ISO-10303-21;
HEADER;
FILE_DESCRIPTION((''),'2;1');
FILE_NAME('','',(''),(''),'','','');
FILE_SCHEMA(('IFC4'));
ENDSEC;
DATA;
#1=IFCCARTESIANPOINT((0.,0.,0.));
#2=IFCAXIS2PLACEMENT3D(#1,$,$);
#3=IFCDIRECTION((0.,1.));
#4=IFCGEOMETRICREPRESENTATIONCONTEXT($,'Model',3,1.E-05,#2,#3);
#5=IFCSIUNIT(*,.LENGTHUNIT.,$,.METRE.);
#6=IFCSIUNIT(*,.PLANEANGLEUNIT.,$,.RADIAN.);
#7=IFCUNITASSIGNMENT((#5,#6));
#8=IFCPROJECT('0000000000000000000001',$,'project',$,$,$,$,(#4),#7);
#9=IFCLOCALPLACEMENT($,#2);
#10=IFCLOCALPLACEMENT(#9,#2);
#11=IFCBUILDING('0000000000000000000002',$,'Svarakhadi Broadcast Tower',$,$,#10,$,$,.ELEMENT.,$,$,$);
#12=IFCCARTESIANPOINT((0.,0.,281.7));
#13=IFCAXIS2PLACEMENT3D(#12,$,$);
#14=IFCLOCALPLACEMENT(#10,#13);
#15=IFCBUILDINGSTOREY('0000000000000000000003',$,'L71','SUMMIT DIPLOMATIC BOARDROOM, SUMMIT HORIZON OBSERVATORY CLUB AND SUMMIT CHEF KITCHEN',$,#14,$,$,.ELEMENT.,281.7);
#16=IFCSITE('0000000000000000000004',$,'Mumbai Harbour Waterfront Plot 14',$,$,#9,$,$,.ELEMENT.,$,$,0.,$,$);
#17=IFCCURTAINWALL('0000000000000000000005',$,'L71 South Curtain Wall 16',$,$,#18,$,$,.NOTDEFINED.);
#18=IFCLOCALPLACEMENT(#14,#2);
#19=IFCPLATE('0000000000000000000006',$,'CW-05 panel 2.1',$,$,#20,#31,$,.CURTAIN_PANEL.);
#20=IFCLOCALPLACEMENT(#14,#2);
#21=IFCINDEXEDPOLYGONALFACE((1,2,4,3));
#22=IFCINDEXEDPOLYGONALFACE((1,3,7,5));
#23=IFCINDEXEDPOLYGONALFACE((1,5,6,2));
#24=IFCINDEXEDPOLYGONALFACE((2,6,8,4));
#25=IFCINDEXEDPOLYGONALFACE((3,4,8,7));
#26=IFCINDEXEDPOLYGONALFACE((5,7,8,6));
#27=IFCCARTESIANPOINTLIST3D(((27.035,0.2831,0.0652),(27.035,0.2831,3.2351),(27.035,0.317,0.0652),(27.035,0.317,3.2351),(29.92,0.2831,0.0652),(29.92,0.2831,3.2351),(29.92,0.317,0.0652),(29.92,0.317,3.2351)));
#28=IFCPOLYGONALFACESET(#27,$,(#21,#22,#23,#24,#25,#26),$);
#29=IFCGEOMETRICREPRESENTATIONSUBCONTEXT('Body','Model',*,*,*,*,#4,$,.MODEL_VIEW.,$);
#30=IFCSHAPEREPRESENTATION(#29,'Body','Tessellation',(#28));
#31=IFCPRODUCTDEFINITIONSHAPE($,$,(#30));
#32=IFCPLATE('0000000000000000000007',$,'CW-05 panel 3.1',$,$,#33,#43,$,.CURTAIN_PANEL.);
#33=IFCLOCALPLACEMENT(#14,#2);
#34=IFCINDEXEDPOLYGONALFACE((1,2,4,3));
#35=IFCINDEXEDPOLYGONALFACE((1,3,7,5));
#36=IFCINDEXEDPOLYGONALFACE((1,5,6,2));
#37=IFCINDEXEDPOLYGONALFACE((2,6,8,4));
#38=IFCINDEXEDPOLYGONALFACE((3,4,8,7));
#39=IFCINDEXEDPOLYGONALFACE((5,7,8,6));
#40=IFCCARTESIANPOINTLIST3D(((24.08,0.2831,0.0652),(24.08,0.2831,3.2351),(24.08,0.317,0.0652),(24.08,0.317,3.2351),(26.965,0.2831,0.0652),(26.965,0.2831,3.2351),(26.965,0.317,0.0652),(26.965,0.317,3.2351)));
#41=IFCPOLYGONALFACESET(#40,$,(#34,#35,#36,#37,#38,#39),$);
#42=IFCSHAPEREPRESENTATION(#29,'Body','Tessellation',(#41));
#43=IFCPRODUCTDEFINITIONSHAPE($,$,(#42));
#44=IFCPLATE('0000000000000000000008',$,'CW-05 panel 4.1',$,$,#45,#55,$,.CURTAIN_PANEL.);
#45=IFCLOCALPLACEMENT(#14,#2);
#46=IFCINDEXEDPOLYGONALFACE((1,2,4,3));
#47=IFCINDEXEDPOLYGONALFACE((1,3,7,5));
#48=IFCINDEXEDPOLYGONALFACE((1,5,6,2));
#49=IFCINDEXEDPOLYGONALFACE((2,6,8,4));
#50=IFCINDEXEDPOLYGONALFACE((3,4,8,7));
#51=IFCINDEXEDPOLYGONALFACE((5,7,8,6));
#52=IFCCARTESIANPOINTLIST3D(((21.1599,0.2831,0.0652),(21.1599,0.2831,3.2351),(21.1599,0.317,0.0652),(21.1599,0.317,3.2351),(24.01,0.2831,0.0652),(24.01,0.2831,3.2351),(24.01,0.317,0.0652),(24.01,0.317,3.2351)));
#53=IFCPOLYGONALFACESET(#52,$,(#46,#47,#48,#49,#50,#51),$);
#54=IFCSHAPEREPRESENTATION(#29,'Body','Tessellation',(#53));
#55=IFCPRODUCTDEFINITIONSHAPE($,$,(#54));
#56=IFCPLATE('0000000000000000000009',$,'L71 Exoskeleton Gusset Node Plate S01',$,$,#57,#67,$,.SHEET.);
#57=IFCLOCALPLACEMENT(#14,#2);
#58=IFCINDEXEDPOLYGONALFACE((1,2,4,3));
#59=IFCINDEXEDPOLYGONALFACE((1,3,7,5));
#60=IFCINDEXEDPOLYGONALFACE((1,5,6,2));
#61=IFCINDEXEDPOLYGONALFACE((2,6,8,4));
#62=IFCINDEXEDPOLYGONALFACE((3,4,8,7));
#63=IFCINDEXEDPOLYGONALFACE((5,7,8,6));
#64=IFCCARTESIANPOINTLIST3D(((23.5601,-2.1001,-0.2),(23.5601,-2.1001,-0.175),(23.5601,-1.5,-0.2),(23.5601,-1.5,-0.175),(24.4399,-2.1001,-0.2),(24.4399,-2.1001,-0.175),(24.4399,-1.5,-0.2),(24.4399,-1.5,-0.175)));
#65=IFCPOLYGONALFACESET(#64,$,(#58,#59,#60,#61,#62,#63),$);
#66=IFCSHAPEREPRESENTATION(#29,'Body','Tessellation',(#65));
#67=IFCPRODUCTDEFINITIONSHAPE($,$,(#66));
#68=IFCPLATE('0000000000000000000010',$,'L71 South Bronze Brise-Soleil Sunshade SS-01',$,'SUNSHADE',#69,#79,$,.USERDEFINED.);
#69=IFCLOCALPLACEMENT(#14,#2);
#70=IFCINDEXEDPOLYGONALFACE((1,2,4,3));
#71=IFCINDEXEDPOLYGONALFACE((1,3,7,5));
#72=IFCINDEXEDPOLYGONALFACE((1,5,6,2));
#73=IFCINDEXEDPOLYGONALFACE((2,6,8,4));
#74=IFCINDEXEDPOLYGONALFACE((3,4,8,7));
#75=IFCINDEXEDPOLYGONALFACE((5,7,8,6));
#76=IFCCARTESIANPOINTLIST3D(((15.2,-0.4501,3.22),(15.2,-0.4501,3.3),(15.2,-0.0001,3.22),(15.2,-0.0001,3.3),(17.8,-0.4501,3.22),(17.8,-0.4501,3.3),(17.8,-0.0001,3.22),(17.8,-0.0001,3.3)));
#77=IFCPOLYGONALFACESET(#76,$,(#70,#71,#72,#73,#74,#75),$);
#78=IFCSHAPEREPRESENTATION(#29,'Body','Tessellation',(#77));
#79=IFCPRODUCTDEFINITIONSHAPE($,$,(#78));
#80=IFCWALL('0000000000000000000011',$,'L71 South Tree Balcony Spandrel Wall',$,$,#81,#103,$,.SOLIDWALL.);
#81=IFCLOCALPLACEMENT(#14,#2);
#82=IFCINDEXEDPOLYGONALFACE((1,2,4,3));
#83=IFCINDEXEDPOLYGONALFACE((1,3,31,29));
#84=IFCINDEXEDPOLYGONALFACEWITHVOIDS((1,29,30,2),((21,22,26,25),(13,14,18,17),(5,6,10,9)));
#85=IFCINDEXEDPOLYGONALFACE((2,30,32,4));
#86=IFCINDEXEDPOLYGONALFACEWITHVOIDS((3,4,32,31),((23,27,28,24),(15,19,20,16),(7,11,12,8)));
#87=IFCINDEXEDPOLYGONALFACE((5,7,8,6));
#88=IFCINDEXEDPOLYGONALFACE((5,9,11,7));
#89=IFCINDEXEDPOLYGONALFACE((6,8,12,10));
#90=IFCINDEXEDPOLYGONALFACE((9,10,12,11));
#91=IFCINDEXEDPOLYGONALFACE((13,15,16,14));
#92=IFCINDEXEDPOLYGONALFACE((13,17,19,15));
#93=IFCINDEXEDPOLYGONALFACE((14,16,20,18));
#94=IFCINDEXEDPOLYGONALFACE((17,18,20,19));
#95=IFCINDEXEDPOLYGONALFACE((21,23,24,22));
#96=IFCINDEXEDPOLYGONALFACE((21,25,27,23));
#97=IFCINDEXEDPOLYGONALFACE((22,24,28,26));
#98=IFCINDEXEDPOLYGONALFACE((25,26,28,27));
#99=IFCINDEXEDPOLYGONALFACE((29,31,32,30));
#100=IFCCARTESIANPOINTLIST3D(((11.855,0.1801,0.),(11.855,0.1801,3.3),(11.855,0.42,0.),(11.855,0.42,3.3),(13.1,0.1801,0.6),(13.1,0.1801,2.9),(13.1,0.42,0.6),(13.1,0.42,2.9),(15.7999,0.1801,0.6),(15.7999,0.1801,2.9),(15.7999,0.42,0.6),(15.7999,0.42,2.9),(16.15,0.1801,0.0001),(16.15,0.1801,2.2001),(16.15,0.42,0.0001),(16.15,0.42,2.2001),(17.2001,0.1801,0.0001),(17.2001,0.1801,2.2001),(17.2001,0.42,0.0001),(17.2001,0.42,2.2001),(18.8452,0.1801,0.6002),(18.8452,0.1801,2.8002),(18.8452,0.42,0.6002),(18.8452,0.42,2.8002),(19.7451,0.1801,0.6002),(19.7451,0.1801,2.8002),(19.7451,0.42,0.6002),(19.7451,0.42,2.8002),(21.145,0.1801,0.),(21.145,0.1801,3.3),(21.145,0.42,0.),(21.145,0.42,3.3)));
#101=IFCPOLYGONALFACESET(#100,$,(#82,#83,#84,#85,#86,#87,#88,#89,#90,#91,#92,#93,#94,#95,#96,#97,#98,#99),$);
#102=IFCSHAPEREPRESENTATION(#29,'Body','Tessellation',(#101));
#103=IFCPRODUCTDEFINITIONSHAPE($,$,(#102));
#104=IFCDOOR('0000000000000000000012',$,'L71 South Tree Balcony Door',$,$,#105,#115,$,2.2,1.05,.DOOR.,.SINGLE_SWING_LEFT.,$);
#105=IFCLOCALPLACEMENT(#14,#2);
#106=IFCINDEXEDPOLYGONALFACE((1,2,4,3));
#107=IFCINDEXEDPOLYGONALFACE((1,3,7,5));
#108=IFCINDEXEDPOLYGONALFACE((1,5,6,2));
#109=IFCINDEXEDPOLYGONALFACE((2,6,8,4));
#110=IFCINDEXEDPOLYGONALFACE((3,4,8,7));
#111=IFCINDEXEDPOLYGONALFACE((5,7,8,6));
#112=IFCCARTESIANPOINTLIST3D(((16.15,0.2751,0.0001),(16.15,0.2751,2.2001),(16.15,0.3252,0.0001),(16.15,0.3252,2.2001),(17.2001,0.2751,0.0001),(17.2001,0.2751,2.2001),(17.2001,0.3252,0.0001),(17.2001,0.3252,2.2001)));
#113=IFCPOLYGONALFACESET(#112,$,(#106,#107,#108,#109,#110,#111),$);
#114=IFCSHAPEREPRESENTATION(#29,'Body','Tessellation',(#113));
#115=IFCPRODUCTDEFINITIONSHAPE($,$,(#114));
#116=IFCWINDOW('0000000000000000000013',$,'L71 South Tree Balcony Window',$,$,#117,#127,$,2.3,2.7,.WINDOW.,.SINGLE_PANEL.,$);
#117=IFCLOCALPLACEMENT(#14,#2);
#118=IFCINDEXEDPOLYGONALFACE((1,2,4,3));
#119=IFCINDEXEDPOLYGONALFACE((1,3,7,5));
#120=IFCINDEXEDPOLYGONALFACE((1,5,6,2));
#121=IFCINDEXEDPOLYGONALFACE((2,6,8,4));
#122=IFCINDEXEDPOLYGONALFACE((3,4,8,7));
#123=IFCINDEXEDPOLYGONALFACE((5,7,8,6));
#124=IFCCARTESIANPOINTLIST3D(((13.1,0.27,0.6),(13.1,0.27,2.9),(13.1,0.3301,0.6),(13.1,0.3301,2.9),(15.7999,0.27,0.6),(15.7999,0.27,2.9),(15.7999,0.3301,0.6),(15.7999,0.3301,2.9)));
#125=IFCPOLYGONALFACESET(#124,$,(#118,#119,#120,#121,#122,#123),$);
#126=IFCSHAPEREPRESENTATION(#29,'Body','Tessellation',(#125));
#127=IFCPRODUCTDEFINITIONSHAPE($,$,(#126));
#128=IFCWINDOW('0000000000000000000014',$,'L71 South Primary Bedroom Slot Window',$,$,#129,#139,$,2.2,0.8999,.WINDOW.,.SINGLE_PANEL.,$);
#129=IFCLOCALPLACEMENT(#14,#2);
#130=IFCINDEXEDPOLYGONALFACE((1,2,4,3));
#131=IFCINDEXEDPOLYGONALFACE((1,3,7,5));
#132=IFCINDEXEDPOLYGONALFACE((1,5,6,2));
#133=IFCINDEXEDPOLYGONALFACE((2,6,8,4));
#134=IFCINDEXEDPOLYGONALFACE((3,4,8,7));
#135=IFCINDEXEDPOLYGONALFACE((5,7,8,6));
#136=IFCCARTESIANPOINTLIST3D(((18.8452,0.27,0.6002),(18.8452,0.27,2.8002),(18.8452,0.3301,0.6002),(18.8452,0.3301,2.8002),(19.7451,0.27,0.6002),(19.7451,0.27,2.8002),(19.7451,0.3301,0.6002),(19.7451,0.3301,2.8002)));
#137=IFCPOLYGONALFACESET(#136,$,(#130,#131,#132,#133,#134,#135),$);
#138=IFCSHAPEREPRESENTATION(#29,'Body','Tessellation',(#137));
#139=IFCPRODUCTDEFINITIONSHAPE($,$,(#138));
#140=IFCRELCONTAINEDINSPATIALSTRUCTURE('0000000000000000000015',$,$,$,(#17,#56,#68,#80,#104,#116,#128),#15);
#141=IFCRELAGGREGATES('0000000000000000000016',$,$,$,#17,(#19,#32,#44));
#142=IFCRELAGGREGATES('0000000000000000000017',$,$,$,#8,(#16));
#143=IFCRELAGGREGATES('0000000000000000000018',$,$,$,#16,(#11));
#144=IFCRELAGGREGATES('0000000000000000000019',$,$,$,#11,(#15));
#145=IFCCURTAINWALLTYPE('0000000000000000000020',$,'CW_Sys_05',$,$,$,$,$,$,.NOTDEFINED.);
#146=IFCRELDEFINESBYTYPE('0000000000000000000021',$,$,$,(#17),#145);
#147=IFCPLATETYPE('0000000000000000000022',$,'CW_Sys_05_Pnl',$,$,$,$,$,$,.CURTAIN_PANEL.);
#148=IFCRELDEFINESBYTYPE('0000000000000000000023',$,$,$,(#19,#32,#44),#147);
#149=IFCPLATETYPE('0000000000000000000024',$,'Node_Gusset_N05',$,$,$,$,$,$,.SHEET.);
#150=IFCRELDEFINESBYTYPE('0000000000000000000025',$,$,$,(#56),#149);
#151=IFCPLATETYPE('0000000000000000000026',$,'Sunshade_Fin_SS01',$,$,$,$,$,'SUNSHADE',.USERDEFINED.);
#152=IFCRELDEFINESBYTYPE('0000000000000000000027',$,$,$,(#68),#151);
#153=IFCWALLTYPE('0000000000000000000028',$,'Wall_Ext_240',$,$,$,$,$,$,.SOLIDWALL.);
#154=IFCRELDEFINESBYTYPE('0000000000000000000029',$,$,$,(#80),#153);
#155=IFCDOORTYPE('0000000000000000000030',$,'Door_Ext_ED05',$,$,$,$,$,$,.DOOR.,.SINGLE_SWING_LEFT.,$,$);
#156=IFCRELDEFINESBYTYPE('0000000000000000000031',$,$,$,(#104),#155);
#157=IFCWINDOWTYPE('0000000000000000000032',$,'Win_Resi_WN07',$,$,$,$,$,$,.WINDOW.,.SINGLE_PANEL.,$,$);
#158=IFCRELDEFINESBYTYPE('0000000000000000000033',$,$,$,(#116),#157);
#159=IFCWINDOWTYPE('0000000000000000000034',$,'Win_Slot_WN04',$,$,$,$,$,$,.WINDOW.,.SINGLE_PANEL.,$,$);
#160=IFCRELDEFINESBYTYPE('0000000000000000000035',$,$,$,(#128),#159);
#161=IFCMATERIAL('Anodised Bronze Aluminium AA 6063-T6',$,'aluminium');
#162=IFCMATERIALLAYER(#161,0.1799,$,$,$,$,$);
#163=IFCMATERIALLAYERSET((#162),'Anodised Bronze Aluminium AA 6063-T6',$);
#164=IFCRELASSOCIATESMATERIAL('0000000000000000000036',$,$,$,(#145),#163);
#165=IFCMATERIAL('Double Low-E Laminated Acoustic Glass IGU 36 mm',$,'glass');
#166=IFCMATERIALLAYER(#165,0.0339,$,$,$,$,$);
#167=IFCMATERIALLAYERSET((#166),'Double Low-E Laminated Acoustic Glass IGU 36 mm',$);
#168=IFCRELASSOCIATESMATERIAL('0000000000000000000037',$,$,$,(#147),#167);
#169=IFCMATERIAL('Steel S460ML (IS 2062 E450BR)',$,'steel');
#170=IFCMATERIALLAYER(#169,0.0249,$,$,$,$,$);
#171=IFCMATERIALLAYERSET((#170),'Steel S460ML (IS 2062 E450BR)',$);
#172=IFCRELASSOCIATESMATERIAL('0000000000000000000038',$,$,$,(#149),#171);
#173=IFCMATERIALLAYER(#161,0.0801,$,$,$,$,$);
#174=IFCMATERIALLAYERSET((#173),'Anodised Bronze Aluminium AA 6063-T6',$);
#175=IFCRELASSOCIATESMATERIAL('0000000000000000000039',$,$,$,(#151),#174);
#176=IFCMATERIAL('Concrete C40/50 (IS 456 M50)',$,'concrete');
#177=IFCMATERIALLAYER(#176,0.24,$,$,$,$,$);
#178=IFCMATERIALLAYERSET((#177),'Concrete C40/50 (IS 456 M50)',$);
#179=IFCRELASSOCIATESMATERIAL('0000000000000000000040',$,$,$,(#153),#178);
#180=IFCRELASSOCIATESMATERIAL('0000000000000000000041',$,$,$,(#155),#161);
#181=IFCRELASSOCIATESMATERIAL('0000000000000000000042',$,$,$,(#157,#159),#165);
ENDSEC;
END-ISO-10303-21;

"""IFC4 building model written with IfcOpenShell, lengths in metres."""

from ifc_helpers import new_model, si_unit, direction, frame, frame_2d, origin, origin_2d, place, context, subcontext, project, spatial, rectangle, extrude, material, layer, layer_set, type_object, element, fill, aggregate, save


model = new_model("IFC4")

# Units and contexts
model_context = context("Model", 3, precision=1e-05, world=origin(), true_north=direction((0.0, 1.0)))
body_context = subcontext(model_context, "Body", "Model", "MODEL_VIEW")
ifc_project = project(units=[si_unit("LENGTHUNIT", "METRE"), si_unit("PLANEANGLEUNIT", "RADIAN")], contexts=[model_context])

# Site, building, storey
site_placement = place(None, origin())
site = spatial("IfcSite", under=ifc_project, at=site_placement, Name="Mumbai Harbour Waterfront Plot 14", CompositionType="ELEMENT", RefElevation=0.0)
building_placement = place(site_placement, origin())
building = spatial("IfcBuilding", under=site, at=building_placement, Name="Svarakhadi Broadcast Tower", CompositionType="ELEMENT")
storey_placement = place(building_placement, frame((0.0, 0.0, 281.7)))
storey = spatial("IfcBuildingStorey", under=building, at=storey_placement, Name="L71", Description="SUMMIT DIPLOMATIC BOARDROOM, SUMMIT HORIZON OBSERVATORY CLUB AND SUMMIT CHEF KITCHEN", CompositionType="ELEMENT", Elevation=281.7)

# Shared definitions
ifc_material_1 = material(Name="Steel S460ML (IS 2062 E450BR)", Category="steel")

# Curtain wall
ifc_material_2 = material(Name="Anodised Bronze Aluminium AA 6063-T6", Category="aluminium")
ifc_layer_1 = layer(ifc_material_2, 0.1799)
ifc_layer_set_1 = layer_set([ifc_layer_1], Name="Anodised Bronze Aluminium AA 6063-T6")
curtain_wall_type = type_object("IfcCurtainWallType", Name="CW_Sys_05", PredefinedType="NOTDEFINED", material=ifc_layer_set_1)
curtain_wall_placement = place(storey_placement, origin())
curtain_wall = element("IfcCurtainWall", 1, at=curtain_wall_placement, inside=storey, type_object=curtain_wall_type, Name="L71 South Curtain Wall 16", PredefinedType="NOTDEFINED")

# Plates
ifc_material_3 = material(Name="Double Low-E Laminated Acoustic Glass IGU 36 mm", Category="glass")
ifc_layer_2 = layer(ifc_material_3, 0.0339)
ifc_layer_set_2 = layer_set([ifc_layer_2], Name="Double Low-E Laminated Acoustic Glass IGU 36 mm")
plate_type_1 = type_object("IfcPlateType", Name="CW_Sys_05_Pnl", PredefinedType="CURTAIN_PANEL", material=ifc_layer_set_2)
plate_1_placement = place(storey_placement, frame((28.4775, 0.3, 0.0652), z_axis=(0.0, 0.0, 1.0), x_axis=(-1.0, 0.0, 0.0)))
plate_1 = element("IfcPlate", 2, at=plate_1_placement, type_object=plate_type_1, Name="CW-05 panel 2.1", PredefinedType="CURTAIN_PANEL", context=body_context, shape_type="SweptSolid", body=[
    extrude(rectangle(XDim=2.885, YDim=0.0339, at=origin_2d()), origin(), (0.0, 0.0, 1.0), 3.1699),
])
plate_2_placement = place(storey_placement, frame((25.5225, 0.3, 0.0652), z_axis=(0.0, 0.0, 1.0), x_axis=(-1.0, 0.0, 0.0)))
plate_2 = element("IfcPlate", 3, at=plate_2_placement, type_object=plate_type_1, Name="CW-05 panel 3.1", PredefinedType="CURTAIN_PANEL", context=body_context, shape_type="SweptSolid", body=[
    extrude(rectangle(XDim=2.885, YDim=0.0339, at=origin_2d()), origin(), (0.0, 0.0, 1.0), 3.1699),
])
plate_3_placement = place(storey_placement, frame((22.585, 0.3, 0.0652), z_axis=(0.0, 0.0, 1.0), x_axis=(-1.0, 0.0, 0.0)))
plate_3 = element("IfcPlate", 4, at=plate_3_placement, type_object=plate_type_1, Name="CW-05 panel 4.1", PredefinedType="CURTAIN_PANEL", context=body_context, shape_type="SweptSolid", body=[
    extrude(rectangle(XDim=2.8501, YDim=0.0339, at=origin_2d()), origin(), (0.0, 0.0, 1.0), 3.1699),
])
aggregate(curtain_wall, [plate_1, plate_2, plate_3])

# Plates
ifc_layer_3 = layer(ifc_material_1, 0.0249)
ifc_layer_set_3 = layer_set([ifc_layer_3], Name="Steel S460ML (IS 2062 E450BR)")
plate_type_2 = type_object("IfcPlateType", Name="Node_Gusset_N05", PredefinedType="SHEET", material=ifc_layer_set_3)
plate_4_placement = place(storey_placement, frame((24.0, -1.8, -0.2), z_axis=(0.0, 0.0, 1.0), x_axis=(1.0, 0.0, 0.0)))
element("IfcPlate", 5, at=plate_4_placement, inside=storey, type_object=plate_type_2, Name="L71 Exoskeleton Gusset Node Plate S01", PredefinedType="SHEET", context=body_context, shape_type="SweptSolid", body=[
    extrude(rectangle(XDim=0.8799, YDim=0.6001, at=origin_2d()), origin(), (0.0, 0.0, 1.0), 0.0249),
])
ifc_layer_4 = layer(ifc_material_2, 0.0801)
ifc_layer_set_4 = layer_set([ifc_layer_4], Name="Anodised Bronze Aluminium AA 6063-T6")
plate_type_3 = type_object("IfcPlateType", Name="Sunshade_Fin_SS01", ElementType="SUNSHADE", PredefinedType="USERDEFINED", material=ifc_layer_set_4)
plate_5_placement = place(storey_placement, frame((16.5, -0.2251, 3.22), z_axis=(0.0, 0.0, 1.0), x_axis=(1.0, 0.0, 0.0)))
element("IfcPlate", 6, at=plate_5_placement, inside=storey, type_object=plate_type_3, Name="L71 South Bronze Brise-Soleil Sunshade SS-01", ObjectType="SUNSHADE", PredefinedType="USERDEFINED", context=body_context, shape_type="SweptSolid", body=[
    extrude(rectangle(XDim=2.6001, YDim=0.45, at=origin_2d()), origin(), (0.0, 0.0, 1.0), 0.0801),
])

# Wall, openings, door, windows
ifc_material_4 = material(Name="Concrete C40/50 (IS 456 M50)", Category="concrete")
ifc_layer_5 = layer(ifc_material_4, 0.24)
ifc_layer_set_5 = layer_set([ifc_layer_5], Name="Concrete C40/50 (IS 456 M50)")
wall_type = type_object("IfcWallType", Name="Wall_Ext_240", PredefinedType="SOLIDWALL", material=ifc_layer_set_5)
wall_placement = place(storey_placement, frame((21.145, 0.3, 0.0), z_axis=(0.0, 0.0, 1.0), x_axis=(-1.0, 0.0, 0.0)))
wall = element("IfcWall", 7, at=wall_placement, inside=storey, type_object=wall_type, Name="L71 South Tree Balcony Spandrel Wall", PredefinedType="SOLIDWALL", context=body_context, shape_type="SweptSolid", body=[
    extrude(rectangle(XDim=9.29, YDim=0.24, at=frame_2d((4.645, 0.0))), origin(), (0.0, 0.0, 1.0), 3.3),
])
opening_1_placement = place(wall_placement, frame((3.9451, 0.0, 0.0)))
opening_1 = element("IfcOpeningElement", 8, at=opening_1_placement, cuts=wall, PredefinedType="OPENING", context=body_context, shape_type="SweptSolid", body=[
    extrude(rectangle(XDim=1.05, YDim=2.2, at=frame_2d((0.5249, 1.1001))), frame((0.0, 0.1299, 0.0), z_axis=(0.0, -1.0, 0.0), x_axis=(1.0, 0.0, 0.0)), (0.0, 0.0, 1.0), 0.26),
])
opening_2_placement = place(wall_placement, frame((5.345, 0.0, 0.6001)))
opening_2 = element("IfcOpeningElement", 9, at=opening_2_placement, cuts=wall, PredefinedType="OPENING", context=body_context, shape_type="SweptSolid", body=[
    extrude(rectangle(XDim=2.7, YDim=2.3, at=frame_2d((1.3501, 1.1499))), frame((0.0, 0.1299, 0.0), z_axis=(0.0, -1.0, 0.0), x_axis=(1.0, 0.0, 0.0)), (0.0, 0.0, 1.0), 0.26),
])
opening_3_placement = place(wall_placement, frame((1.3999, 0.0, 0.6001)))
opening_3 = element("IfcOpeningElement", 10, at=opening_3_placement, cuts=wall, PredefinedType="OPENING", context=body_context, shape_type="SweptSolid", body=[
    extrude(rectangle(XDim=0.8999, YDim=2.2, at=frame_2d((0.45, 1.1001))), frame((0.0, 0.1299, 0.0), z_axis=(0.0, -1.0, 0.0), x_axis=(1.0, 0.0, 0.0)), (0.0, 0.0, 1.0), 0.26),
])
door_type = type_object("IfcDoorType", Name="Door_Ext_ED05", OperationType="SINGLE_SWING_LEFT", PredefinedType="DOOR", material=ifc_material_2)
door_placement = place(opening_1_placement, origin())
door = element("IfcDoor", 11, at=door_placement, inside=storey, type_object=door_type, Name="L71 South Tree Balcony Door", OperationType="SINGLE_SWING_LEFT", OverallHeight=2.2, OverallWidth=1.05, PredefinedType="DOOR", context=body_context, shape_type="SweptSolid", body=[
    extrude(rectangle(XDim=1.05, YDim=2.2, at=frame_2d((0.5249, 1.1001))), frame((0.0, 0.0249, 0.0), z_axis=(0.0, -1.0, 0.0), x_axis=(1.0, 0.0, 0.0)), (0.0, 0.0, 1.0), 0.05),
])
fill(opening_1, door)
window_type_1 = type_object("IfcWindowType", Name="Win_Resi_WN07", PartitioningType="SINGLE_PANEL", PredefinedType="WINDOW", material=ifc_material_3)
window_1_placement = place(opening_2_placement, origin())
window_1 = element("IfcWindow", 12, at=window_1_placement, inside=storey, type_object=window_type_1, Name="L71 South Tree Balcony Window", OverallHeight=2.3, OverallWidth=2.7, PartitioningType="SINGLE_PANEL", PredefinedType="WINDOW", context=body_context, shape_type="SweptSolid", body=[
    extrude(rectangle(XDim=2.7, YDim=2.3, at=frame_2d((1.3501, 1.1499))), frame((0.0, 0.03, 0.0), z_axis=(0.0, -1.0, 0.0), x_axis=(1.0, 0.0, 0.0)), (0.0, 0.0, 1.0), 0.0601),
])
fill(opening_2, window_1)
window_type_2 = type_object("IfcWindowType", Name="Win_Slot_WN04", PartitioningType="SINGLE_PANEL", PredefinedType="WINDOW", material=ifc_material_3)
window_2_placement = place(opening_3_placement, origin())
window_2 = element("IfcWindow", 13, at=window_2_placement, inside=storey, type_object=window_type_2, Name="L71 South Primary Bedroom Slot Window", OverallHeight=2.2, OverallWidth=0.8999, PartitioningType="SINGLE_PANEL", PredefinedType="WINDOW", context=body_context, shape_type="SweptSolid", body=[
    extrude(rectangle(XDim=0.8999, YDim=2.2, at=frame_2d((0.45, 1.1001))), frame((0.0, 0.03, 0.0), z_axis=(0.0, -1.0, 0.0), x_axis=(1.0, 0.0, 0.0)), (0.0, 0.0, 1.0), 0.0601),
])
fill(opening_3, window_2)

save(model, "model.ifc")
